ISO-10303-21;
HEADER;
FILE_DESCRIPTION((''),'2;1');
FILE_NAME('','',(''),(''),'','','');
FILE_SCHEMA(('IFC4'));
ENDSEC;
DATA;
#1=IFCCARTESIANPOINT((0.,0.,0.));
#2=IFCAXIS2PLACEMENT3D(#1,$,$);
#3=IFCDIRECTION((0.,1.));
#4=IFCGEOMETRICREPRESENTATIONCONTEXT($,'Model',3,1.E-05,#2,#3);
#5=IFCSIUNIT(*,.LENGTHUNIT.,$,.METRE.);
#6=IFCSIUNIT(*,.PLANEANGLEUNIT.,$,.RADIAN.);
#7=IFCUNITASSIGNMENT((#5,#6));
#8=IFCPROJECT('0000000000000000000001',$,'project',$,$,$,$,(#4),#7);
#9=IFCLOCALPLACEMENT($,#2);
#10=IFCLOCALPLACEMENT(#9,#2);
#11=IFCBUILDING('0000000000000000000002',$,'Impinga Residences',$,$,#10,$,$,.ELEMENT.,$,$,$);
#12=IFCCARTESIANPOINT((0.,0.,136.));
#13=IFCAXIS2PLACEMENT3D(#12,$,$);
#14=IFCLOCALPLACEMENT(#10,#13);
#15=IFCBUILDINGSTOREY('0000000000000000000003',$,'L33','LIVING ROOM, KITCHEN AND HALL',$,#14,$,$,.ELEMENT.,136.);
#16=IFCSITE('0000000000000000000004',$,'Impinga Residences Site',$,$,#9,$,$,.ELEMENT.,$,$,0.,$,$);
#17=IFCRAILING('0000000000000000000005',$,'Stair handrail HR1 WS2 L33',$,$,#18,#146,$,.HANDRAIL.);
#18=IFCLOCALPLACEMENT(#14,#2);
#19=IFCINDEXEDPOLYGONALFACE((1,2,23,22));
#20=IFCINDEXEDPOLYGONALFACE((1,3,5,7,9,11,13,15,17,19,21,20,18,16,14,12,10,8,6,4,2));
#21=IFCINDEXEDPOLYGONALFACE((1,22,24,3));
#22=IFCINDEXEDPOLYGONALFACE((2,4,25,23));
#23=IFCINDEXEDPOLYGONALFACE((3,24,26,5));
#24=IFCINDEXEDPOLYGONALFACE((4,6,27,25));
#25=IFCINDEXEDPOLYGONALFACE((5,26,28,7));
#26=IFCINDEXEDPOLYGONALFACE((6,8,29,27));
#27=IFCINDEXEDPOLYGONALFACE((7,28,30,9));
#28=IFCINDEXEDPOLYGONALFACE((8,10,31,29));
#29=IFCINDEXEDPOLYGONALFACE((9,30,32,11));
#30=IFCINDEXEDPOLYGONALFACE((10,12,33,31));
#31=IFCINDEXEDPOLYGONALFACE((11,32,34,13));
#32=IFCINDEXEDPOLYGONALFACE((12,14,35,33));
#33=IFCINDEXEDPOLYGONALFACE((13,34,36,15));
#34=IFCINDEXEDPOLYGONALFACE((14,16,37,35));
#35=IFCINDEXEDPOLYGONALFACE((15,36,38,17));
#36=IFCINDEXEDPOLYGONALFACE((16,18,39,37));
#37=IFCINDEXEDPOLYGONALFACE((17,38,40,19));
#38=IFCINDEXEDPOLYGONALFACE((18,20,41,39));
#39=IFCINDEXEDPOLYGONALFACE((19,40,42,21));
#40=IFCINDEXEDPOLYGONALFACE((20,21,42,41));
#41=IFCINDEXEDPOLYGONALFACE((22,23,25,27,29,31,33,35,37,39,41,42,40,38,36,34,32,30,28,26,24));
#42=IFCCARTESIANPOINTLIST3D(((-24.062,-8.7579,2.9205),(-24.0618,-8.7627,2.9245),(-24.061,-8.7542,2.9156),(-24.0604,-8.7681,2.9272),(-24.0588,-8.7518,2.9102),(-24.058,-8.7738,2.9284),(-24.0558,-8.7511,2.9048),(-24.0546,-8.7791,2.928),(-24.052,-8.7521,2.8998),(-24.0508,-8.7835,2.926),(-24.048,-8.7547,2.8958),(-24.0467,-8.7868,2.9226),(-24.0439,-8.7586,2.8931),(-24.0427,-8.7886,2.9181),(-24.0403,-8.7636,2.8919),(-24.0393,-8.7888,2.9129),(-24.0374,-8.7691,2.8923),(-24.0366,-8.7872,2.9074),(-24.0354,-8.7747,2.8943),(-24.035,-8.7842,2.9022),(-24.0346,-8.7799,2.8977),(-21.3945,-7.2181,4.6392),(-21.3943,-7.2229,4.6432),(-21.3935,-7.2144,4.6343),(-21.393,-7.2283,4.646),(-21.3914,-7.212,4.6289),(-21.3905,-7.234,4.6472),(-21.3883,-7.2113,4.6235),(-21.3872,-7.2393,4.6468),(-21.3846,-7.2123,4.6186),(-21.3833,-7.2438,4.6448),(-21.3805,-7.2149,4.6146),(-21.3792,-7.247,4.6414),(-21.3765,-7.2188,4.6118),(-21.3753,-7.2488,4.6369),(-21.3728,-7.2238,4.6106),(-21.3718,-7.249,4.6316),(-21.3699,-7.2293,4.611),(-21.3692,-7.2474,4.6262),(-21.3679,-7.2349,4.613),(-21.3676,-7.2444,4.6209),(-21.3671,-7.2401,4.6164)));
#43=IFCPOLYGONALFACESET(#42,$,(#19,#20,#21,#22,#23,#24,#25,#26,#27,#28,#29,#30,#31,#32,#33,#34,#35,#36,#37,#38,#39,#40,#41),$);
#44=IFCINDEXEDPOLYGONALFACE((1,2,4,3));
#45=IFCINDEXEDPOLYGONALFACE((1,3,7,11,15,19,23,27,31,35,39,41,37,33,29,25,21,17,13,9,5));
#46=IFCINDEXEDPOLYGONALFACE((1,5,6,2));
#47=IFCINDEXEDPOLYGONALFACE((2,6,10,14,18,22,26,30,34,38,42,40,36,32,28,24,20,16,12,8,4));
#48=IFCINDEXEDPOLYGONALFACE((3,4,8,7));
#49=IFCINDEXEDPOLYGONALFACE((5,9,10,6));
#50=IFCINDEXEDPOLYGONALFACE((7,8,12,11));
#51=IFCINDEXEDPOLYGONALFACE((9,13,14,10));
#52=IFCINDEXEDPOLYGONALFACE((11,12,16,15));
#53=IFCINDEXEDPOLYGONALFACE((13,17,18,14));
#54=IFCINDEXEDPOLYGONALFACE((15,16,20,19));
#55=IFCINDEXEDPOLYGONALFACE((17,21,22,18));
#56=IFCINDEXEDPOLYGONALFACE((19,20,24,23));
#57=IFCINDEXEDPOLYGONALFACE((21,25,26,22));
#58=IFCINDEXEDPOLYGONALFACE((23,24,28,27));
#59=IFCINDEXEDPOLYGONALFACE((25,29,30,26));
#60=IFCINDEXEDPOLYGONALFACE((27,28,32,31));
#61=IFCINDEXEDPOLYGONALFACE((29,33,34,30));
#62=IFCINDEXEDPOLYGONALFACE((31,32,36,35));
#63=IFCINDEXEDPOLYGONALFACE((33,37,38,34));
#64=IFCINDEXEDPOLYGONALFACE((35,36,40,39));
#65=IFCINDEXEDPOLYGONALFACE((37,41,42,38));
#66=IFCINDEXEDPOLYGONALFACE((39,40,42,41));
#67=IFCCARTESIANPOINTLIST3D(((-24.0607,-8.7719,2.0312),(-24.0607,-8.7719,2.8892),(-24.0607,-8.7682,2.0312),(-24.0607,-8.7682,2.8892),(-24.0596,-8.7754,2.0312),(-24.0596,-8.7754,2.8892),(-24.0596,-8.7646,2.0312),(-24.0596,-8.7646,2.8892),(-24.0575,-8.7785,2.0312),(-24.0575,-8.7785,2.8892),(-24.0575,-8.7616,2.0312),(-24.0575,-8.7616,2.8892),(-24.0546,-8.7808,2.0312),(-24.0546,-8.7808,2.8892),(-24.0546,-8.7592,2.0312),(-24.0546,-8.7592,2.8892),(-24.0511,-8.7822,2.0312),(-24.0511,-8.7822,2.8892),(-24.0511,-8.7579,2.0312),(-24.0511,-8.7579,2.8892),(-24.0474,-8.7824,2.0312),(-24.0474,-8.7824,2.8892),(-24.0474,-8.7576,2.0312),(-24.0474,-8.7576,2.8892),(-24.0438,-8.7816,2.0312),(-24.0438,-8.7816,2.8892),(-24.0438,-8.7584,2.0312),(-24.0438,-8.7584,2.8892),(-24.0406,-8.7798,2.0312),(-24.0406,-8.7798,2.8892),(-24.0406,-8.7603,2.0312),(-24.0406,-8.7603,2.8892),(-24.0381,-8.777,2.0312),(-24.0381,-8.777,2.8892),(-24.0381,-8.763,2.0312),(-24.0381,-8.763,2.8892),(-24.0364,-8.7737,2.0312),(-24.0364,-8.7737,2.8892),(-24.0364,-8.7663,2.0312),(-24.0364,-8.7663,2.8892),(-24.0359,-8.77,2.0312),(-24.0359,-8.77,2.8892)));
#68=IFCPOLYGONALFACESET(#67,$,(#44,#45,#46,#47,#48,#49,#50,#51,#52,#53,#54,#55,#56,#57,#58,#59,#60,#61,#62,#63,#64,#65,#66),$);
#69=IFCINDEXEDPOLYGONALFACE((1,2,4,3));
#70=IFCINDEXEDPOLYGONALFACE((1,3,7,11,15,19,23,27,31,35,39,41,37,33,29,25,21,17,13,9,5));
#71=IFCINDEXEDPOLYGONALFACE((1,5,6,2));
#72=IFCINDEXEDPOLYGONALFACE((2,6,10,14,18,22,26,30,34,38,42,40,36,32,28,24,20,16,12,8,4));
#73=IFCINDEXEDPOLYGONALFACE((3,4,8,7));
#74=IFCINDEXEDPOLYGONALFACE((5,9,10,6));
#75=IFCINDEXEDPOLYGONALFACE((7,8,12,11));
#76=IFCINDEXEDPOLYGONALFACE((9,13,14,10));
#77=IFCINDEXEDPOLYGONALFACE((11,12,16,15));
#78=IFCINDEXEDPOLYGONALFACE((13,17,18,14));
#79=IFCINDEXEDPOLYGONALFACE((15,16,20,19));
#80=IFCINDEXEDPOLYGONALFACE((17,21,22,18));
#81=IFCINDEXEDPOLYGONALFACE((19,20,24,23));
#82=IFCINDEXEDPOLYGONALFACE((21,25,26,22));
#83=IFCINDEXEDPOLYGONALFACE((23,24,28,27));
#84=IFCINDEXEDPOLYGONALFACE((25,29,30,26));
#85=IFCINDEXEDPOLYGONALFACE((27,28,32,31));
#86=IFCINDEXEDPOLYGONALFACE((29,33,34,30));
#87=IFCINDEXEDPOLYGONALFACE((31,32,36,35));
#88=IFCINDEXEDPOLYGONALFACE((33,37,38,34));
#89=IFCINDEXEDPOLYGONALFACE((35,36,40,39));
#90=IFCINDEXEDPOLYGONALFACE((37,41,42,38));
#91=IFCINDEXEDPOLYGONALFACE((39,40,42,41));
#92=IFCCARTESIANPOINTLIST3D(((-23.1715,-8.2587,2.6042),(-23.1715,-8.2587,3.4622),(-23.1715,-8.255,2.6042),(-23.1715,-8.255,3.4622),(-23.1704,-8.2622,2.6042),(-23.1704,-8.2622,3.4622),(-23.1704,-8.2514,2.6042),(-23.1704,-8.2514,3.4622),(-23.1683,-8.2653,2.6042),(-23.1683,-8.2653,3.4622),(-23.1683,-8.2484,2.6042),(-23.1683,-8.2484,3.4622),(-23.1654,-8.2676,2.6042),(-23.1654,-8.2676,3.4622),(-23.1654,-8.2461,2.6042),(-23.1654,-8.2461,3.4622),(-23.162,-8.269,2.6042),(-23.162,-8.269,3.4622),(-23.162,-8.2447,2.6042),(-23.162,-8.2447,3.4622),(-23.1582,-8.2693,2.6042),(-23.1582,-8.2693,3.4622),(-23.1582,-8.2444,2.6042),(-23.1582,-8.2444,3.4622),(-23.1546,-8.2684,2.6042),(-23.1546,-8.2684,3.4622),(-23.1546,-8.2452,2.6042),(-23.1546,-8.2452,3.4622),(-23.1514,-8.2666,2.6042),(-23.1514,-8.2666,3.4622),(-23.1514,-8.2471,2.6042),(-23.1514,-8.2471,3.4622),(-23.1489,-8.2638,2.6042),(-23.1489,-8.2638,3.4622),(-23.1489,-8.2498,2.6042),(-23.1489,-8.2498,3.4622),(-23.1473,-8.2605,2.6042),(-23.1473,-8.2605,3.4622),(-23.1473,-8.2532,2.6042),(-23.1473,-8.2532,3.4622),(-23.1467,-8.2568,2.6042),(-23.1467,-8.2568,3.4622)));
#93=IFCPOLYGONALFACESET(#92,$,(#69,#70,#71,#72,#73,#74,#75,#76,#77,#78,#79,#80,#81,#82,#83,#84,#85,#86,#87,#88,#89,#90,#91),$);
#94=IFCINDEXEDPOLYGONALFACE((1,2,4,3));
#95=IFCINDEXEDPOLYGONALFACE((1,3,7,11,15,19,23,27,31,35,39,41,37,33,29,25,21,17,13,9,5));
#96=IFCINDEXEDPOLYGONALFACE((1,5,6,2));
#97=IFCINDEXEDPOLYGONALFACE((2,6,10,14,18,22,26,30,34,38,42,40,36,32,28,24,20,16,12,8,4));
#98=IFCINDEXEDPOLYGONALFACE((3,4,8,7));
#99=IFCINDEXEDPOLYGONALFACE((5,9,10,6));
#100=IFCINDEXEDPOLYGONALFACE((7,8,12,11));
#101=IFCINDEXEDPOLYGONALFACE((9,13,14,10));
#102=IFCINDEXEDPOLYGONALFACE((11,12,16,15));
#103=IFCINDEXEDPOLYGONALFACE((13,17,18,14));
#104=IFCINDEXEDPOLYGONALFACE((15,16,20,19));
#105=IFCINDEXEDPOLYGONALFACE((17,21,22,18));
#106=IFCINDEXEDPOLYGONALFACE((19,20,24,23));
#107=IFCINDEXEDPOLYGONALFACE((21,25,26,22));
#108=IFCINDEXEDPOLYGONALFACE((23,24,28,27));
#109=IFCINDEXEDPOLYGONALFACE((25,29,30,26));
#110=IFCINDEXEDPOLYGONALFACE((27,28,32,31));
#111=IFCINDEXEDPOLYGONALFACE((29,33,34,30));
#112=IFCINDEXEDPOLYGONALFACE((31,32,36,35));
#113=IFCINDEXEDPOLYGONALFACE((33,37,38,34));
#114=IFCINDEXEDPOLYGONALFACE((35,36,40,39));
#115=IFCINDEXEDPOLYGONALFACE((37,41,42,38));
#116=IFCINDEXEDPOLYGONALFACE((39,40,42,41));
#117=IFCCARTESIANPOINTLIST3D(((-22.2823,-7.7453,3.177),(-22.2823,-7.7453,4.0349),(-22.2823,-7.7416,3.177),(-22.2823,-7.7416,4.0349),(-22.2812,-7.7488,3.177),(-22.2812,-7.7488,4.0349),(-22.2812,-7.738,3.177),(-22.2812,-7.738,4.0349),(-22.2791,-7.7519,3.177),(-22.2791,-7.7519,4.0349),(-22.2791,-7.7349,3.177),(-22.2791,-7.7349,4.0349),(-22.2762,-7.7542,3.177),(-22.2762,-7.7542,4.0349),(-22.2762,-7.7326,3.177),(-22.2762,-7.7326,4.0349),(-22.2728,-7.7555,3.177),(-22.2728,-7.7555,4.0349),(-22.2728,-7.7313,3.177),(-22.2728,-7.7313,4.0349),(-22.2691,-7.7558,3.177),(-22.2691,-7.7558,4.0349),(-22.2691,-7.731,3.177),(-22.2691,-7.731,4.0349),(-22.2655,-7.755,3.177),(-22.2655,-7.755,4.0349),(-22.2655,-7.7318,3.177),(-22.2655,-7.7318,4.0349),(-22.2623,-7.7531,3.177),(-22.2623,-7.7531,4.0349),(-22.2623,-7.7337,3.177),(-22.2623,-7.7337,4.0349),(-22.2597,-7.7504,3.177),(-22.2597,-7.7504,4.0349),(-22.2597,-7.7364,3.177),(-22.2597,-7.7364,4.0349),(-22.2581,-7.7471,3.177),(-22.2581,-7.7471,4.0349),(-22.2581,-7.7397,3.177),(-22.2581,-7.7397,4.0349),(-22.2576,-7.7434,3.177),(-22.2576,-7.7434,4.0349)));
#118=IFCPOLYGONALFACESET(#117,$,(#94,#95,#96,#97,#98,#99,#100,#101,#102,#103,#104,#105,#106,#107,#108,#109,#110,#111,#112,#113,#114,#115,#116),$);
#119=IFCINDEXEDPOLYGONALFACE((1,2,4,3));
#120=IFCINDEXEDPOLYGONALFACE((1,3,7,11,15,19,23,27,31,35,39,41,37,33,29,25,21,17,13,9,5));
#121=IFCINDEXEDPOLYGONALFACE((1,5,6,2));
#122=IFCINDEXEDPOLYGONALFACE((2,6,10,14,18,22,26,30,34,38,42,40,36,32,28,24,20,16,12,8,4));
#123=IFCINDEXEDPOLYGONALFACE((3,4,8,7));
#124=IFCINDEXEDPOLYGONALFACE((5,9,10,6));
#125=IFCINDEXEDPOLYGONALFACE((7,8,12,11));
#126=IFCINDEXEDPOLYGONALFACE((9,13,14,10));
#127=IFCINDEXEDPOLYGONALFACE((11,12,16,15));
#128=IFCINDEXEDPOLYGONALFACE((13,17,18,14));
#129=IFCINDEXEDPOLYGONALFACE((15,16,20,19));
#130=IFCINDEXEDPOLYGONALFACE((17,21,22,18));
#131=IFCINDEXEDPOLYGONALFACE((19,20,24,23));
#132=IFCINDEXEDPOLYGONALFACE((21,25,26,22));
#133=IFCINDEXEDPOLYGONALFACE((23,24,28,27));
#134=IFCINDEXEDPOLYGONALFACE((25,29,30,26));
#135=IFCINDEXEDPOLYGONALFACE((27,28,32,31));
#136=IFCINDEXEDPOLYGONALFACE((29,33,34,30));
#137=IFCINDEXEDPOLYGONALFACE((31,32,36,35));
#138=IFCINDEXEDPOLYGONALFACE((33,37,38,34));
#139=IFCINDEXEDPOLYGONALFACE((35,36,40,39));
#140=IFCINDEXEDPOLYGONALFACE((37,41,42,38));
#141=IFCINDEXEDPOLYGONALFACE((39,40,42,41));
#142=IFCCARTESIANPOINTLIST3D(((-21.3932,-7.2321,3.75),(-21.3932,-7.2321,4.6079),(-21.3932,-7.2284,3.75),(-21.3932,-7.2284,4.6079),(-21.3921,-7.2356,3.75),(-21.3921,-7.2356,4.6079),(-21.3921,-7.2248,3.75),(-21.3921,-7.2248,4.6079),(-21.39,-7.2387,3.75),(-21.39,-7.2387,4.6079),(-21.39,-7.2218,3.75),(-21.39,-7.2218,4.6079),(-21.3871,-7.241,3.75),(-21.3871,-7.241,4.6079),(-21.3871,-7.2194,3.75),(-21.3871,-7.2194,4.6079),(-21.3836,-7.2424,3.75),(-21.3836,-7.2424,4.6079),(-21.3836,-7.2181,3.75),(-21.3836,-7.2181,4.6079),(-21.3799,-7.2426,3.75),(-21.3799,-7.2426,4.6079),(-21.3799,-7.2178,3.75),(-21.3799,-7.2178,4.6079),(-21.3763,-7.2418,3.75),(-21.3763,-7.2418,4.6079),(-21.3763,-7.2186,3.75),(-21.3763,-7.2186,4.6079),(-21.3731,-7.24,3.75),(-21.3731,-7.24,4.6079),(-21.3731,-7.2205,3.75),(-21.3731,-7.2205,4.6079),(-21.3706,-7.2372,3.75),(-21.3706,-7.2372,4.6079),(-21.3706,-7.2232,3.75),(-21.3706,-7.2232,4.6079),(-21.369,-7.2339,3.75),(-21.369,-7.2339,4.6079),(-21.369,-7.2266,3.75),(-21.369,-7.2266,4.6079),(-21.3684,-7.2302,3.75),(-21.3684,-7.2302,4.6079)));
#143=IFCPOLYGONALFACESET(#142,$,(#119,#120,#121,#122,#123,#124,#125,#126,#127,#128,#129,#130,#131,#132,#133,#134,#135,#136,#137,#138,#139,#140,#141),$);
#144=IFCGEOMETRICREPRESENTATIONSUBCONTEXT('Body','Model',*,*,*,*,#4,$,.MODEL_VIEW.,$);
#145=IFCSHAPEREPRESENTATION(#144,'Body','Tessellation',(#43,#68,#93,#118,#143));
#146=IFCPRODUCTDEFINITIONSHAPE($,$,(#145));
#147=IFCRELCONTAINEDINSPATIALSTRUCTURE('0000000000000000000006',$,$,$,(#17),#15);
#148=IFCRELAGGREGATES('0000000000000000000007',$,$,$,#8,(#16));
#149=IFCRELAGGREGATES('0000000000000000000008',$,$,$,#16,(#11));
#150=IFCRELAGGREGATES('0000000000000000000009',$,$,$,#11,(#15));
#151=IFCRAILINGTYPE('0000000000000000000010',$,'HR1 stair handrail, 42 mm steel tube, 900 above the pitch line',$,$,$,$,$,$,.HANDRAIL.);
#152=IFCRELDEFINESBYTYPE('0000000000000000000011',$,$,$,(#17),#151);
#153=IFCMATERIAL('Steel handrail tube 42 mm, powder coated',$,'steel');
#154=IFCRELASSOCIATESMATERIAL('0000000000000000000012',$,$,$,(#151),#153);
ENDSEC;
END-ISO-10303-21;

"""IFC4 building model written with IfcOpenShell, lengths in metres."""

from ifc_helpers import new_model, si_unit, direction, frame, origin, origin_2d, place, context, subcontext, project, spatial, circle, extrude, material, type_object, element, save


model = new_model("IFC4")

# Units and contexts
model_context = context("Model", 3, precision=1e-05, world=origin(), true_north=direction((0.0, 1.0)))
body_context = subcontext(model_context, "Body", "Model", "MODEL_VIEW")
ifc_project = project(units=[si_unit("LENGTHUNIT", "METRE"), si_unit("PLANEANGLEUNIT", "RADIAN")], contexts=[model_context])

# Site, building, storey
site_placement = place(None, origin())
site = spatial("IfcSite", under=ifc_project, at=site_placement, Name="Impinga Residences Site", CompositionType="ELEMENT", RefElevation=0.0)
building_placement = place(site_placement, origin())
building = spatial("IfcBuilding", under=site, at=building_placement, Name="Impinga Residences", CompositionType="ELEMENT")
storey_placement = place(building_placement, frame((0.0, 0.0, 136.0)))
storey = spatial("IfcBuildingStorey", under=building, at=storey_placement, Name="L33", Description="LIVING ROOM, KITCHEN AND HALL", CompositionType="ELEMENT", Elevation=136.0)

# Railing
ifc_material_1 = material(Name="Steel handrail tube 42 mm, powder coated", Category="steel")
railing_type_1 = type_object("IfcRailingType", Name="HR1 stair handrail, 42 mm steel tube, 900 above the pitch line", PredefinedType="HANDRAIL", material=ifc_material_1)
railing_1_placement = place(storey_placement, frame((-24.0483, -8.77, 2.0312)))
element("IfcRailing", 1, at=railing_1_placement, inside=storey, type_object=railing_type_1, Name="Stair handrail HR1 WS2 L33", PredefinedType="HANDRAIL", context=body_context, shape_type="SweptSolid", body=[
    extrude(circle(Radius=0.021, at=origin_2d()), frame((0.0, 0.0, 0.8789), z_axis=(0.756279, 0.43656, 0.487297), x_axis=(-0.499933, 0.866064, 0.0)), (0.0, 0.0, 1.0), 3.5271),
    extrude(circle(Radius=0.0125, at=origin_2d()), origin(), (0.0, 0.0, 1.0), 0.8579),
    extrude(circle(Radius=0.0125, at=origin_2d()), frame((0.8892, 0.5132, 0.573)), (0.0, 0.0, 1.0), 0.8579),
    extrude(circle(Radius=0.0125, at=origin_2d()), frame((1.7783, 1.0266, 1.1458)), (0.0, 0.0, 1.0), 0.8579),
    extrude(circle(Radius=0.0125, at=origin_2d()), frame((2.6675, 1.5398, 1.7188)), (0.0, 0.0, 1.0), 0.8579),
])

save(model, "model.ifc")
